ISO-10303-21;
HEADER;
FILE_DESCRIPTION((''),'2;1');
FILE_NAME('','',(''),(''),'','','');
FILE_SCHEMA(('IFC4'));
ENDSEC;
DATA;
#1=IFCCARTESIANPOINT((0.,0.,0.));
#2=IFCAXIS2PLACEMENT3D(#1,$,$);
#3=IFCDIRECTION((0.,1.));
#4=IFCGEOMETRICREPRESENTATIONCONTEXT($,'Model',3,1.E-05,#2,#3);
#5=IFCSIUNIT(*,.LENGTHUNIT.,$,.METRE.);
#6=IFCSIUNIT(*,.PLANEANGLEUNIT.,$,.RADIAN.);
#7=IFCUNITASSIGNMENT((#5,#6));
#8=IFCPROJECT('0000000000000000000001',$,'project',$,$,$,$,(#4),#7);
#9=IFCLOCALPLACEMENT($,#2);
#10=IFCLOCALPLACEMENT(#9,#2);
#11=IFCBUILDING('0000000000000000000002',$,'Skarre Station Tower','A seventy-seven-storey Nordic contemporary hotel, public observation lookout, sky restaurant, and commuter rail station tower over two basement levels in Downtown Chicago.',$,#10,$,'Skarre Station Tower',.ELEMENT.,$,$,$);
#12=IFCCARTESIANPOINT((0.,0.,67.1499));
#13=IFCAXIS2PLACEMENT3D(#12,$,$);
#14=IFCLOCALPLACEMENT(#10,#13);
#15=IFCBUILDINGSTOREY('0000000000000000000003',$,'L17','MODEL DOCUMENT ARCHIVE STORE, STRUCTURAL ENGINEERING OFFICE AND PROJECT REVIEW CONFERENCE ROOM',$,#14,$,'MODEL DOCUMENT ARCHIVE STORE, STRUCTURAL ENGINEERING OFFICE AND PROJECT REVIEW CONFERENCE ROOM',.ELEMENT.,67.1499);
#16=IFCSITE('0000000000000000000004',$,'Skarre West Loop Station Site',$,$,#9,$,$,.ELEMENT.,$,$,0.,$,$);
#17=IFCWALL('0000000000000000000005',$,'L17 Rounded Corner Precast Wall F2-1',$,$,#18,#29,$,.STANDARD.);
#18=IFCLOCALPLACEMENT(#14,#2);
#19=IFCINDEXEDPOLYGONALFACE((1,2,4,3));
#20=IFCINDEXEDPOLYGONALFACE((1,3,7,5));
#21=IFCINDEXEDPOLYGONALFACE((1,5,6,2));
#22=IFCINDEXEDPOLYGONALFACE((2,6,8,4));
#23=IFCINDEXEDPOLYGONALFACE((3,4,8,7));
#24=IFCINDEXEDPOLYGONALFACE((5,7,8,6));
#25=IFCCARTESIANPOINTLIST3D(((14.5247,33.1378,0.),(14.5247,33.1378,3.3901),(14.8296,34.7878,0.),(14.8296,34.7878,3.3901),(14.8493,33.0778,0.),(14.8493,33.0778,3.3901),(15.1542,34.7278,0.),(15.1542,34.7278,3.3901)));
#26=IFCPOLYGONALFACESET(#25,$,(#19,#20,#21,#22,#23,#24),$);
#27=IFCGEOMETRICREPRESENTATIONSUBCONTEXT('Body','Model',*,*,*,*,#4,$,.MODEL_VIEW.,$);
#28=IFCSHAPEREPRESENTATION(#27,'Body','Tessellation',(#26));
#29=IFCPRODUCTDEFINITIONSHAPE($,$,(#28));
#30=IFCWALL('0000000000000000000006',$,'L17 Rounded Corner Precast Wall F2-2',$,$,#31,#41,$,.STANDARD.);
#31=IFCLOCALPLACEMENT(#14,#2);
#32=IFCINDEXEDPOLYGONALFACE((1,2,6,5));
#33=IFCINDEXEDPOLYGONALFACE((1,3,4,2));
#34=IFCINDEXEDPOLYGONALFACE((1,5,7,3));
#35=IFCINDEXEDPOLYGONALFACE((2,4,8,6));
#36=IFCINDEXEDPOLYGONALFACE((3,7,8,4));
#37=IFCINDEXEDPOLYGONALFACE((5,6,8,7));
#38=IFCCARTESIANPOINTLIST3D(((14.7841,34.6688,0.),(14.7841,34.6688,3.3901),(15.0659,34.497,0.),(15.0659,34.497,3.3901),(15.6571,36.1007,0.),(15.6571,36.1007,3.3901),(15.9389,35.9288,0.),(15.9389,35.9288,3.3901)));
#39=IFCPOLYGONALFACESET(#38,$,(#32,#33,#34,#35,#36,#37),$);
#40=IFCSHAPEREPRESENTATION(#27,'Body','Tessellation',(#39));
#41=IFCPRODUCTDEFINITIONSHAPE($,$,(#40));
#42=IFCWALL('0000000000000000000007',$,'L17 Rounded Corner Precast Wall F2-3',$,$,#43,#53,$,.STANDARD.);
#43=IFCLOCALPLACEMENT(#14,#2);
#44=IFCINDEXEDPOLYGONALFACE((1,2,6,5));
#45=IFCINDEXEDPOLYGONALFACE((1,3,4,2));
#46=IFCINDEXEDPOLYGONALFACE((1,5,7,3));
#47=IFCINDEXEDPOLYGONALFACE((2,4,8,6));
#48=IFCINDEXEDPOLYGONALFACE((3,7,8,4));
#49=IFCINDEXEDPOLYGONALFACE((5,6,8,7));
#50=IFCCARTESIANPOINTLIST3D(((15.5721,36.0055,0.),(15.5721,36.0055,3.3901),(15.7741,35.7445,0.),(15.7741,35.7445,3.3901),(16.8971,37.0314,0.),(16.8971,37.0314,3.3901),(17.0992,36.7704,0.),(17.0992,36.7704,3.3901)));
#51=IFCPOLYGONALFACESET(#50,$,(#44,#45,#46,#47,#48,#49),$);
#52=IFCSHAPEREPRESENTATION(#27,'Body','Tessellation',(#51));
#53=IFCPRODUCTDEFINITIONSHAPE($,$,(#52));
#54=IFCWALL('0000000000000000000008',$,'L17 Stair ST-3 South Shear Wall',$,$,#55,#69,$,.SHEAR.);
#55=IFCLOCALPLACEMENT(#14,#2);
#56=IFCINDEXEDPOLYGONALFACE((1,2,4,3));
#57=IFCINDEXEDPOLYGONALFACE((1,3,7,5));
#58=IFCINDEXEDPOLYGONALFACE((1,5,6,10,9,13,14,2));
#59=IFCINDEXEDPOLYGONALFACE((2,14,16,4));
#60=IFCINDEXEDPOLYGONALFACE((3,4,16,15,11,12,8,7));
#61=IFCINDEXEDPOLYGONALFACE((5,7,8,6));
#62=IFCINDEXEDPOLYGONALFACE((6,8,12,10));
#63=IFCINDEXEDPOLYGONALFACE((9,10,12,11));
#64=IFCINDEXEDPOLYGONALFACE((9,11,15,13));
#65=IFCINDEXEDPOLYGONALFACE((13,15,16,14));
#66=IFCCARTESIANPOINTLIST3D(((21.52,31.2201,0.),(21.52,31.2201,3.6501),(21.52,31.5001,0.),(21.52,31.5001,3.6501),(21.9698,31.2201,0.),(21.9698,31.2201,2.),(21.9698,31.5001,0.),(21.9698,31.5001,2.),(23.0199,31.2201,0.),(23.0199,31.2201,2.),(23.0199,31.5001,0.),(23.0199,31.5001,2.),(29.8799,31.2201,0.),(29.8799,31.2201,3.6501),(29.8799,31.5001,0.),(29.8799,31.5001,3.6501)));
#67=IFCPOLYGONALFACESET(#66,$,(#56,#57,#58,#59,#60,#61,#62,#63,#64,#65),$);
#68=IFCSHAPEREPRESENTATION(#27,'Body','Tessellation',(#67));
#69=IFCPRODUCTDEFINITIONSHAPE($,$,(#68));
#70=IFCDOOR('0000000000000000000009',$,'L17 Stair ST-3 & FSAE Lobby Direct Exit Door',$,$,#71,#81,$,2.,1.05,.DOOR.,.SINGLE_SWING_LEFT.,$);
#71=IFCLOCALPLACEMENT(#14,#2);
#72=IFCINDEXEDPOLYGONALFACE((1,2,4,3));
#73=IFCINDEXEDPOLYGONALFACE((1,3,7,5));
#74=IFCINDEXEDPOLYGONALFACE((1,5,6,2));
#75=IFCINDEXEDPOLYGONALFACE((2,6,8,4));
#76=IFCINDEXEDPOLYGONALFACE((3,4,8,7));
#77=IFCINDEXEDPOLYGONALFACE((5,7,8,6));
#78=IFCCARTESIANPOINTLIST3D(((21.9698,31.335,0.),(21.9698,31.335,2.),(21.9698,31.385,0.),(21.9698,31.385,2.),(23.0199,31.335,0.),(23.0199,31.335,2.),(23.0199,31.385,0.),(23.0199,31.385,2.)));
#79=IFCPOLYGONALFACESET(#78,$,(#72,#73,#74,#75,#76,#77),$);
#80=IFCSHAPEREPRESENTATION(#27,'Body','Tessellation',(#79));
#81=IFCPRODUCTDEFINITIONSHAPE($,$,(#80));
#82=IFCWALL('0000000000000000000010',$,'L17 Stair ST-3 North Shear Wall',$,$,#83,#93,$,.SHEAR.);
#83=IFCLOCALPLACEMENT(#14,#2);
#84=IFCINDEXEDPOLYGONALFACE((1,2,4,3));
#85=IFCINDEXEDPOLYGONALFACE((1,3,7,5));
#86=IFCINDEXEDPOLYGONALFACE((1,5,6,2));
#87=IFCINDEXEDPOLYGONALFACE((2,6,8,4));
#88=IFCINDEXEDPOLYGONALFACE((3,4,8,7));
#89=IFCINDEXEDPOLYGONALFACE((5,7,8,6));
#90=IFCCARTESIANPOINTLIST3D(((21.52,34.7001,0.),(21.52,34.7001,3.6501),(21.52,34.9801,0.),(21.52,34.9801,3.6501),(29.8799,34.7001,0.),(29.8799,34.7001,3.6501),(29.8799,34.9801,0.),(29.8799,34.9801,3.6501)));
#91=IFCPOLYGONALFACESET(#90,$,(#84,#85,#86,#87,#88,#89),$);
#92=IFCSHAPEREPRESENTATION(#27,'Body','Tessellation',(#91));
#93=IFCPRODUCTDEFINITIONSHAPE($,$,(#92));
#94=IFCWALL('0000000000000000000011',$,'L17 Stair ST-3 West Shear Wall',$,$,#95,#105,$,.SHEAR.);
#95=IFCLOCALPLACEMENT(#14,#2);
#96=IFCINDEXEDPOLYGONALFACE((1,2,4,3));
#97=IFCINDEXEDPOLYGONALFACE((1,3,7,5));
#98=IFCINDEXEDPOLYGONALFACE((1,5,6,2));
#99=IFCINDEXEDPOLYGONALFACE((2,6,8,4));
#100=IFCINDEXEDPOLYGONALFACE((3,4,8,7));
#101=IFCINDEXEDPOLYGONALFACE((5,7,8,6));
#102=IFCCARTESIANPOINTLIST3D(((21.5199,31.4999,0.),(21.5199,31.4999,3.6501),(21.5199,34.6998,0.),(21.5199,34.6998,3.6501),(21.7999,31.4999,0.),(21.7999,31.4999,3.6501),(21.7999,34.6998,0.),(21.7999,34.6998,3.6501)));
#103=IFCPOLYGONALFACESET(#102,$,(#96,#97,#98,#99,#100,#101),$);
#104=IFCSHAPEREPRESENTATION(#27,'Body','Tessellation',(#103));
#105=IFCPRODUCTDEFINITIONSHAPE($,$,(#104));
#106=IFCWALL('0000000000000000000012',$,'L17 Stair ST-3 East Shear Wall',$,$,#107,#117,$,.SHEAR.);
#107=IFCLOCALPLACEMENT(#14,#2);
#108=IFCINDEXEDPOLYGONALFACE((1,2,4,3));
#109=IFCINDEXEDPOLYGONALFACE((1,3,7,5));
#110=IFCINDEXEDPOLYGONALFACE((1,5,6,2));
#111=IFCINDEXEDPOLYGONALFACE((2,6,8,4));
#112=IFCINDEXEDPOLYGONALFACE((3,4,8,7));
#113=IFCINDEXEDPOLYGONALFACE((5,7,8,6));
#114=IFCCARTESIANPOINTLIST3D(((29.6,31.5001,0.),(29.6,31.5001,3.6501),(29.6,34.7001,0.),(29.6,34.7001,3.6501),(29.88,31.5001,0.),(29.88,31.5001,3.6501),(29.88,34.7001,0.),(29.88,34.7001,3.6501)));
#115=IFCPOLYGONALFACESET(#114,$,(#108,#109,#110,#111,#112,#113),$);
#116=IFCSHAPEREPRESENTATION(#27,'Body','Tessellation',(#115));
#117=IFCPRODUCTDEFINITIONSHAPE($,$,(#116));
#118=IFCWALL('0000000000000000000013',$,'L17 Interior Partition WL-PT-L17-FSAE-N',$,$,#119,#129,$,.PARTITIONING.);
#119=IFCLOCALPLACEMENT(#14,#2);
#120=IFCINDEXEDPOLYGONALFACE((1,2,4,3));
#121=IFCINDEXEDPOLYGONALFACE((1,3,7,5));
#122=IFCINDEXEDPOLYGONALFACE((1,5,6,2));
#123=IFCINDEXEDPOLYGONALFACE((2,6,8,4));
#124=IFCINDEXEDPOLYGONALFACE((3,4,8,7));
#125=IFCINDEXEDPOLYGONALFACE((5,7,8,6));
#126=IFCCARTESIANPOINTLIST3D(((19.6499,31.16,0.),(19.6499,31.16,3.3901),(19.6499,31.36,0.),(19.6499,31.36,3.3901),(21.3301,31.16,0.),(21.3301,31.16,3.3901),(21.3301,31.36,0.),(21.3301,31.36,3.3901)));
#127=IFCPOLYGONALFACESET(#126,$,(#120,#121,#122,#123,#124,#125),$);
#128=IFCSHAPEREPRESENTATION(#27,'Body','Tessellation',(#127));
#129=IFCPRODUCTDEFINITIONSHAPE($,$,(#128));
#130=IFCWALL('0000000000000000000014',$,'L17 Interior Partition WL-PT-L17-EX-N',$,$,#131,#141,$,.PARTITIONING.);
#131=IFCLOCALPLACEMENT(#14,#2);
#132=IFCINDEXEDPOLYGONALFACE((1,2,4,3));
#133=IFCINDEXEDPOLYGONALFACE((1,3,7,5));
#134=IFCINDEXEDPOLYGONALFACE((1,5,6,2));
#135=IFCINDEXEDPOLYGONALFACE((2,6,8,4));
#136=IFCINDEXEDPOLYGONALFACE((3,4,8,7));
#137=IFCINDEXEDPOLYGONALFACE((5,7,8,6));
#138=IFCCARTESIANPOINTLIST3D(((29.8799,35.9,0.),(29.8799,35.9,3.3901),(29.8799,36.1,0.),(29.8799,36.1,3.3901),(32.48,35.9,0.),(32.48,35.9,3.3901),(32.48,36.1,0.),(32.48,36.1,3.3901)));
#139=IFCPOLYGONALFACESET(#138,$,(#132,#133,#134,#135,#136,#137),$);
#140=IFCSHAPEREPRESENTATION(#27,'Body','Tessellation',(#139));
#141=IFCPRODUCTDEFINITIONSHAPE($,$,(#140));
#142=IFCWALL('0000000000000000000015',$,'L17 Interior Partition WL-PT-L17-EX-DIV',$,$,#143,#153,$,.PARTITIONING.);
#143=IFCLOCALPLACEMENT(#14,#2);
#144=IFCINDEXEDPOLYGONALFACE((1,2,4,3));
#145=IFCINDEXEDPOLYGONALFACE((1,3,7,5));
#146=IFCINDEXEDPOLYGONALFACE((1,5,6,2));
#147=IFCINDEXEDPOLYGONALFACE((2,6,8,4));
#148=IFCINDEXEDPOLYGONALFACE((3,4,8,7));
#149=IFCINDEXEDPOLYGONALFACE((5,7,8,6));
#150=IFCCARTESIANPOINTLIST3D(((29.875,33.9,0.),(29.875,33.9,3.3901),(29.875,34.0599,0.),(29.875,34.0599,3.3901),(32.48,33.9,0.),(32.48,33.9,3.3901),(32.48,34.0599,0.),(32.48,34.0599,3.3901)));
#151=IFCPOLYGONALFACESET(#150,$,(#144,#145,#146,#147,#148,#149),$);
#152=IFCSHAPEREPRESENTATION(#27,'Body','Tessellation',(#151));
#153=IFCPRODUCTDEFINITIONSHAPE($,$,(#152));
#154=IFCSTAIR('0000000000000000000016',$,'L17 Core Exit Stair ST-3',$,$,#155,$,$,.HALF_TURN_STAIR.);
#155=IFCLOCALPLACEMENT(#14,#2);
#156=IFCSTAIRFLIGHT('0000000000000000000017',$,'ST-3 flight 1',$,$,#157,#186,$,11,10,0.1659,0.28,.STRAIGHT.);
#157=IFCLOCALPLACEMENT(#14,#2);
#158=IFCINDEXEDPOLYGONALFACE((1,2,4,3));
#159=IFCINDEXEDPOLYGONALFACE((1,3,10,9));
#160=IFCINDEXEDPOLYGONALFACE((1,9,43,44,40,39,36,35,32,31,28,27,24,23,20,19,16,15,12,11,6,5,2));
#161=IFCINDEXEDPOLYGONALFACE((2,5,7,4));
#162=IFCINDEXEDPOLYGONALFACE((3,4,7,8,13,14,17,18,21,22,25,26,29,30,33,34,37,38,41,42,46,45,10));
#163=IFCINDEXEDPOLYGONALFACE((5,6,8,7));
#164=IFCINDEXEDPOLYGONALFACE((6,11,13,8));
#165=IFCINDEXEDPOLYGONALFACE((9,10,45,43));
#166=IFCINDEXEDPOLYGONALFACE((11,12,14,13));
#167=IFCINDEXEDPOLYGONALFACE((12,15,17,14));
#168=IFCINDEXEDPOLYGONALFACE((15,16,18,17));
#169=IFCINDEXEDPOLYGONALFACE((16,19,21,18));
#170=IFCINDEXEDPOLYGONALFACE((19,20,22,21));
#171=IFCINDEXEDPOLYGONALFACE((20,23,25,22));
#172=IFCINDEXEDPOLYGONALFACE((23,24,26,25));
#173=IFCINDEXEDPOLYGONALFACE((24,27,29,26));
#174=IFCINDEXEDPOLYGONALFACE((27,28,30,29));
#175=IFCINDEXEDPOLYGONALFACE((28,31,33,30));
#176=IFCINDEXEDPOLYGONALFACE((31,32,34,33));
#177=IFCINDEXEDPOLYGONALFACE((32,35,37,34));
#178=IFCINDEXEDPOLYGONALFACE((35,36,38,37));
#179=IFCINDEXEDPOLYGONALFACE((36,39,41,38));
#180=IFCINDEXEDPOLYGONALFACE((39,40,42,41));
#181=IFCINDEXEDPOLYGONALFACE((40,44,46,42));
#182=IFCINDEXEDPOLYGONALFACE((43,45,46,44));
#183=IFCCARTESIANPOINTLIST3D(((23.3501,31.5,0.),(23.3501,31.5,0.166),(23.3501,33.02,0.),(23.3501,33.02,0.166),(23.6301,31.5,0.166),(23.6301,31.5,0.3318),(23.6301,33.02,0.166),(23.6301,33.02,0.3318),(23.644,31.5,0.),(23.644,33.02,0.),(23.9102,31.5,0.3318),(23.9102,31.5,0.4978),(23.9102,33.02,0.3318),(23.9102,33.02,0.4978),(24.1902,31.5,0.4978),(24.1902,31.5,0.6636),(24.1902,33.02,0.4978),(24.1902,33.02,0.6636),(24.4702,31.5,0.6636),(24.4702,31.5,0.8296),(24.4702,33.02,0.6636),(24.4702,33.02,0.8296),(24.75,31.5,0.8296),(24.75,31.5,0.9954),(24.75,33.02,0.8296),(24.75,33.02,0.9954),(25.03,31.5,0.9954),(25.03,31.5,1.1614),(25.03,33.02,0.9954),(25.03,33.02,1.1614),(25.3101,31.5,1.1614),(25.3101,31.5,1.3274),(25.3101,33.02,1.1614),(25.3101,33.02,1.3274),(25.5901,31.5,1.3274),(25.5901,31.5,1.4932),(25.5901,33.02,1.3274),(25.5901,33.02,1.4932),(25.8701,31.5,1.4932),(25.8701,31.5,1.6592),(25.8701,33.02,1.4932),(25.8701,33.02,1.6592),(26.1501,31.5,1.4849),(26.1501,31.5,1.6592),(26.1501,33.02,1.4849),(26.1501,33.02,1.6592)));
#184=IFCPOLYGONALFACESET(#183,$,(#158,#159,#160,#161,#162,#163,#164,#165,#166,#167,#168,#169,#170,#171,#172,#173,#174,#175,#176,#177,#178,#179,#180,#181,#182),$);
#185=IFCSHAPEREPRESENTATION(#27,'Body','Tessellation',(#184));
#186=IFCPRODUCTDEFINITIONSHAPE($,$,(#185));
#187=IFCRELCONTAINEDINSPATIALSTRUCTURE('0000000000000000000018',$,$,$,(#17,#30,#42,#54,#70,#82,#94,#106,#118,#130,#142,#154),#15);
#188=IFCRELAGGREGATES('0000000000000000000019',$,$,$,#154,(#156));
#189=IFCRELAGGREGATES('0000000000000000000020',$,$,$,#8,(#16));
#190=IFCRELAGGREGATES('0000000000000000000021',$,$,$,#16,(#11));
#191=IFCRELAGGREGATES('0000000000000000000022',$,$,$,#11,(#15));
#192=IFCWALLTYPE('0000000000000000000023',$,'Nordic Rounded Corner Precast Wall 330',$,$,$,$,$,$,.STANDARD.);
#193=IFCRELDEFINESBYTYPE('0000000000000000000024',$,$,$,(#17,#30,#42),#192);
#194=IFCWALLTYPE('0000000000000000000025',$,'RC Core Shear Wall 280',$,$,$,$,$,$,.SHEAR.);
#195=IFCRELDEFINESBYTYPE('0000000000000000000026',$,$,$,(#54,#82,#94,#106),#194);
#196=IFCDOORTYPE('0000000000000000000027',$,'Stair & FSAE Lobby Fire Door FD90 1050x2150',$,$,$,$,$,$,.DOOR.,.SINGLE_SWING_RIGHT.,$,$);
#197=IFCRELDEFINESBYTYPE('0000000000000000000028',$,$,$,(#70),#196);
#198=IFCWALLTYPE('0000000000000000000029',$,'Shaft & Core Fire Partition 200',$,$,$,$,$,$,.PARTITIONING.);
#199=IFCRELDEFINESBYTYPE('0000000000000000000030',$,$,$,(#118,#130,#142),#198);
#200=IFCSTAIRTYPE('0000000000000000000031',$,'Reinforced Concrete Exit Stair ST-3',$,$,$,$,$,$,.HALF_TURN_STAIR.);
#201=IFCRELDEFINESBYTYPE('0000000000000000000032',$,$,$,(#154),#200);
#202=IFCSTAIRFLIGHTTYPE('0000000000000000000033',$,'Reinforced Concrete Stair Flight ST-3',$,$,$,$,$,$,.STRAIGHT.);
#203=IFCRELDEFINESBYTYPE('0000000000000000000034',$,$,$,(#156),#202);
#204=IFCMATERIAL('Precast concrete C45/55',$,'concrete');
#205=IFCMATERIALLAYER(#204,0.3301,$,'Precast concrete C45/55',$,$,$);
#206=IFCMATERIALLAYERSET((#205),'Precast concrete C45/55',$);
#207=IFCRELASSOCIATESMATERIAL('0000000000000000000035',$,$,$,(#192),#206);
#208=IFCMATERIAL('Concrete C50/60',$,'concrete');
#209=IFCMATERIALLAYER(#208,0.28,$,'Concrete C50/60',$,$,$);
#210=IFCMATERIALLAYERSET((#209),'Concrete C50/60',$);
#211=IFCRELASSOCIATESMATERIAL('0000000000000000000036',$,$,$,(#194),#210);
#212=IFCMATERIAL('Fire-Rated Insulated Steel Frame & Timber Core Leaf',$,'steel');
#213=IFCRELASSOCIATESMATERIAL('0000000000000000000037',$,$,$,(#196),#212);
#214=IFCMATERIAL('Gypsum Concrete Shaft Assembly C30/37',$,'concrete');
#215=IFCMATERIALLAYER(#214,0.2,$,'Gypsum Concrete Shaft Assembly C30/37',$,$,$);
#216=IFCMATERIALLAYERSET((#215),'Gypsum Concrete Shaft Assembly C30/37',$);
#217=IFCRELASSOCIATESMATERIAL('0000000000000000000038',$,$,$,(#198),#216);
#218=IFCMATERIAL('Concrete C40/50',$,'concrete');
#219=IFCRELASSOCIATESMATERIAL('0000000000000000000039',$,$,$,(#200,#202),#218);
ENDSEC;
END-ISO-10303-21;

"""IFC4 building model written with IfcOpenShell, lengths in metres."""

from ifc_helpers import new_model, si_unit, direction, frame, frame_2d, origin, place, context, subcontext, project, spatial, polyline, rectangle, outline, extrude, material, layer, layer_set, type_object, element, fill, aggregate, save


model = new_model("IFC4")

# Units and contexts
model_context = context("Model", 3, precision=1e-05, world=origin(), true_north=direction((0.0, 1.0)))
body_context = subcontext(model_context, "Body", "Model", "MODEL_VIEW")
ifc_project = project(units=[si_unit("LENGTHUNIT", "METRE"), si_unit("PLANEANGLEUNIT", "RADIAN")], contexts=[model_context])

# Site, building, storey
site_placement = place(None, origin())
site = spatial("IfcSite", under=ifc_project, at=site_placement, Name="Skarre West Loop Station Site", CompositionType="ELEMENT", RefElevation=0.0)
building_placement = place(site_placement, origin())
building = spatial("IfcBuilding", under=site, at=building_placement, Name="Skarre Station Tower", Description="A seventy-seven-storey Nordic contemporary hotel, public observation lookout, sky restaurant, and commuter rail station tower over two basement levels in Downtown Chicago.", LongName="Skarre Station Tower", CompositionType="ELEMENT")
storey_placement = place(building_placement, frame((0.0, 0.0, 67.1499)))
storey = spatial("IfcBuildingStorey", under=building, at=storey_placement, Name="L17", Description="MODEL DOCUMENT ARCHIVE STORE, STRUCTURAL ENGINEERING OFFICE AND PROJECT REVIEW CONFERENCE ROOM", LongName="MODEL DOCUMENT ARCHIVE STORE, STRUCTURAL ENGINEERING OFFICE AND PROJECT REVIEW CONFERENCE ROOM", CompositionType="ELEMENT", Elevation=67.1499)

# Shared definitions
ifc_material_1 = material(Name="Precast concrete C45/55", Category="concrete")

# Walls
ifc_layer_1 = layer(ifc_material_1, 0.3301, Name="Precast concrete C45/55")
ifc_layer_set_1 = layer_set([ifc_layer_1], Name="Precast concrete C45/55")
wall_type_1 = type_object("IfcWallType", Name="Nordic Rounded Corner Precast Wall 330", PredefinedType="STANDARD", material=ifc_layer_set_1)
wall_1_placement = place(storey_placement, frame((14.687, 33.1079, 0.0), z_axis=(0.0, 0.0, 1.0), x_axis=(0.181714, 0.983351, 0.0)))
element("IfcWall", 1, at=wall_1_placement, inside=storey, type_object=wall_type_1, Name="L17 Rounded Corner Precast Wall F2-1", PredefinedType="STANDARD", context=body_context, shape_type="SweptSolid", body=[
    extrude(rectangle(XDim=1.678, YDim=0.3301, at=frame_2d((0.8389, 0.0))), origin(), (0.0, 0.0, 1.0), 3.3901),
])
wall_2_placement = place(storey_placement, frame((14.925, 34.583, 0.0), z_axis=(0.0, 0.0, 1.0), x_axis=(0.520584, 0.85381, 0.0)))
element("IfcWall", 2, at=wall_2_placement, inside=storey, type_object=wall_type_1, Name="L17 Rounded Corner Precast Wall F2-2", PredefinedType="STANDARD", context=body_context, shape_type="SweptSolid", body=[
    extrude(rectangle(XDim=1.677, YDim=0.3301, at=frame_2d((0.8384, 0.0))), origin(), (0.0, 0.0, 1.0), 3.3901),
])
wall_3_placement = place(storey_placement, frame((15.6731, 35.875, 0.0), z_axis=(0.0, 0.0, 1.0), x_axis=(0.790692, 0.612214, 0.0)))
element("IfcWall", 3, at=wall_3_placement, inside=storey, type_object=wall_type_1, Name="L17 Rounded Corner Precast Wall F2-3", PredefinedType="STANDARD", context=body_context, shape_type="SweptSolid", body=[
    extrude(rectangle(XDim=1.6758, YDim=0.3301, at=frame_2d((0.8379, 0.0))), origin(), (0.0, 0.0, 1.0), 3.3901),
])

# Wall, opening, door
ifc_material_2 = material(Name="Concrete C50/60", Category="concrete")
ifc_layer_2 = layer(ifc_material_2, 0.28, Name="Concrete C50/60")
ifc_layer_set_2 = layer_set([ifc_layer_2], Name="Concrete C50/60")
wall_type_2 = type_object("IfcWallType", Name="RC Core Shear Wall 280", PredefinedType="SHEAR", material=ifc_layer_set_2)
wall_4_placement = place(storey_placement, frame((21.52, 31.3601, 0.0), z_axis=(0.0, 0.0, 1.0), x_axis=(1.0, 0.0, 0.0)))
wall_4 = element("IfcWall", 4, at=wall_4_placement, inside=storey, type_object=wall_type_2, Name="L17 Stair ST-3 South Shear Wall", PredefinedType="SHEAR", context=body_context, shape_type="SweptSolid", body=[
    extrude(rectangle(XDim=8.3599, YDim=0.28, at=frame_2d((4.1799, 0.0))), origin(), (0.0, 0.0, 1.0), 3.6501),
])
opening_1_placement = place(wall_4_placement, frame((0.45, 0.0, 0.0)))
opening_1 = element("IfcOpeningElement", 5, at=opening_1_placement, cuts=wall_4, PredefinedType="OPENING", context=body_context, shape_type="SweptSolid", body=[
    extrude(rectangle(XDim=1.05, YDim=2.0, at=frame_2d((0.5249, 1.0))), frame((0.0, 0.1499, 0.0), z_axis=(0.0, -1.0, 0.0), x_axis=(1.0, 0.0, 0.0)), (0.0, 0.0, 1.0), 0.3),
])
ifc_material_3 = material(Name="Fire-Rated Insulated Steel Frame & Timber Core Leaf", Category="steel")
door_type = type_object("IfcDoorType", Name="Stair & FSAE Lobby Fire Door FD90 1050x2150", OperationType="SINGLE_SWING_RIGHT", PredefinedType="DOOR", material=ifc_material_3)
door_placement = place(opening_1_placement, origin())
door = element("IfcDoor", 6, at=door_placement, inside=storey, type_object=door_type, Name="L17 Stair ST-3 & FSAE Lobby Direct Exit Door", OperationType="SINGLE_SWING_LEFT", OverallHeight=2.0, OverallWidth=1.05, PredefinedType="DOOR", context=body_context, shape_type="SweptSolid", body=[
    extrude(rectangle(XDim=1.05, YDim=2.0, at=frame_2d((0.5249, 1.0))), frame((0.0, 0.0249, 0.0), z_axis=(0.0, -1.0, 0.0), x_axis=(1.0, 0.0, 0.0)), (0.0, 0.0, 1.0), 0.05),
])
fill(opening_1, door)

# Walls
wall_5_placement = place(storey_placement, frame((29.8799, 34.8401, 0.0), z_axis=(0.0, 0.0, 1.0), x_axis=(-1.0, 0.0, 0.0)))
element("IfcWall", 7, at=wall_5_placement, inside=storey, type_object=wall_type_2, Name="L17 Stair ST-3 North Shear Wall", PredefinedType="SHEAR", context=body_context, shape_type="SweptSolid", body=[
    extrude(rectangle(XDim=8.3599, YDim=0.28, at=frame_2d((4.1799, 0.0))), origin(), (0.0, 0.0, 1.0), 3.6501),
])
for number, where, z_axis, x_axis, name in (
    (8, (21.6599, 34.7, 0.0), (0.0, 0.0, 1.0), (0.0, -1.0, 0.0), "L17 Stair ST-3 West Shear Wall"),
    (9, (29.74, 31.5, 0.0), (0.0, 0.0, 1.0), (0.0, 1.0, 0.0), "L17 Stair ST-3 East Shear Wall"),
):
    element("IfcWall", number, at=place(storey_placement, frame(where, z_axis=z_axis, x_axis=x_axis)), inside=storey, type_object=wall_type_2, Name=name, PredefinedType="SHEAR", context=body_context, shape_type="SweptSolid", body=[
        extrude(rectangle(XDim=3.2, YDim=0.28, at=frame_2d((1.6001, 0.0))), origin(), (0.0, 0.0, 1.0), 3.6501),
    ])
ifc_material_4 = material(Name="Gypsum Concrete Shaft Assembly C30/37", Category="concrete")
ifc_layer_3 = layer(ifc_material_4, 0.2, Name="Gypsum Concrete Shaft Assembly C30/37")
ifc_layer_set_3 = layer_set([ifc_layer_3], Name="Gypsum Concrete Shaft Assembly C30/37")
wall_type_3 = type_object("IfcWallType", Name="Shaft & Core Fire Partition 200", PredefinedType="PARTITIONING", material=ifc_layer_set_3)
wall_6_placement = place(storey_placement, frame((21.3301, 31.26, 0.0), z_axis=(0.0, 0.0, 1.0), x_axis=(-1.0, 0.0, 0.0)))
element("IfcWall", 10, at=wall_6_placement, inside=storey, type_object=wall_type_3, Name="L17 Interior Partition WL-PT-L17-FSAE-N", PredefinedType="PARTITIONING", context=body_context, shape_type="SweptSolid", body=[
    extrude(rectangle(XDim=1.6802, YDim=0.2, at=frame_2d((0.8401, 0.0))), origin(), (0.0, 0.0, 1.0), 3.3901),
])
wall_7_placement = place(storey_placement, frame((29.8799, 36.0, 0.0), z_axis=(0.0, 0.0, 1.0), x_axis=(1.0, 0.0, 0.0)))
element("IfcWall", 11, at=wall_7_placement, inside=storey, type_object=wall_type_3, Name="L17 Interior Partition WL-PT-L17-EX-N", PredefinedType="PARTITIONING", context=body_context, shape_type="SweptSolid", body=[
    extrude(rectangle(XDim=2.6001, YDim=0.2, at=frame_2d((1.3, 0.0))), origin(), (0.0, 0.0, 1.0), 3.3901),
])
wall_8_placement = place(storey_placement, frame((29.875, 33.98, 0.0), z_axis=(0.0, 0.0, 1.0), x_axis=(1.0, 0.0, 0.0)))
element("IfcWall", 12, at=wall_8_placement, inside=storey, type_object=wall_type_3, Name="L17 Interior Partition WL-PT-L17-EX-DIV", PredefinedType="PARTITIONING", context=body_context, shape_type="SweptSolid", body=[
    extrude(rectangle(XDim=2.605, YDim=0.1599, at=frame_2d((1.3025, 0.0))), origin(), (0.0, 0.0, 1.0), 3.3901),
])

# Stair, stair flight
ifc_material_5 = material(Name="Concrete C40/50", Category="concrete")
stair_type = type_object("IfcStairType", Name="Reinforced Concrete Exit Stair ST-3", PredefinedType="HALF_TURN_STAIR", material=ifc_material_5)
stair_placement = place(storey_placement, origin())
stair = element("IfcStair", 13, at=stair_placement, inside=storey, type_object=stair_type, Name="L17 Core Exit Stair ST-3", PredefinedType="HALF_TURN_STAIR")
stair_flight_type = type_object("IfcStairFlightType", Name="Reinforced Concrete Stair Flight ST-3", PredefinedType="STRAIGHT", material=ifc_material_5)
stair_flight_1_placement = place(storey_placement, frame((23.3501, 32.26, 0.0), z_axis=(0.0, 0.0, 1.0), x_axis=(1.0, 0.0, 0.0)))
stair_flight_1 = element("IfcStairFlight", 14, at=stair_flight_1_placement, type_object=stair_flight_type, Name="ST-3 flight 1", NumberOfRisers=11, NumberOfTreads=10, PredefinedType="STRAIGHT", RiserHeight=0.1659, TreadLength=0.28, context=body_context, shape_type="SweptSolid", body=[
    extrude(outline(polyline([(0.0, 0.0), (0.0, 0.166), (0.28, 0.166), (0.28, 0.3318), (0.5601, 0.3318), (0.5601, 0.4978), (0.8401, 0.4978), (0.8401, 0.6636), (1.1201, 0.6636), (1.1201, 0.8296), (1.3999, 0.8296), (1.3999, 0.9954), (1.6799, 0.9954), (1.6799, 1.1614), (1.96, 1.1614), (1.96, 1.3274), (2.24, 1.3274), (2.24, 1.4932), (2.52, 1.4932), (2.52, 1.6592), (2.8, 1.6592), (2.8, 1.825), (2.8, 1.4849), (0.2939, 0.0), (0.0, 0.0)])), frame((0.0, 0.76, 0.0), z_axis=(0.0, -1.0, 0.0), x_axis=(1.0, 0.0, 0.0)), (0.0, 0.0, 1.0), 1.52),
])
aggregate(stair, [stair_flight_1])

save(model, "model.ifc")
